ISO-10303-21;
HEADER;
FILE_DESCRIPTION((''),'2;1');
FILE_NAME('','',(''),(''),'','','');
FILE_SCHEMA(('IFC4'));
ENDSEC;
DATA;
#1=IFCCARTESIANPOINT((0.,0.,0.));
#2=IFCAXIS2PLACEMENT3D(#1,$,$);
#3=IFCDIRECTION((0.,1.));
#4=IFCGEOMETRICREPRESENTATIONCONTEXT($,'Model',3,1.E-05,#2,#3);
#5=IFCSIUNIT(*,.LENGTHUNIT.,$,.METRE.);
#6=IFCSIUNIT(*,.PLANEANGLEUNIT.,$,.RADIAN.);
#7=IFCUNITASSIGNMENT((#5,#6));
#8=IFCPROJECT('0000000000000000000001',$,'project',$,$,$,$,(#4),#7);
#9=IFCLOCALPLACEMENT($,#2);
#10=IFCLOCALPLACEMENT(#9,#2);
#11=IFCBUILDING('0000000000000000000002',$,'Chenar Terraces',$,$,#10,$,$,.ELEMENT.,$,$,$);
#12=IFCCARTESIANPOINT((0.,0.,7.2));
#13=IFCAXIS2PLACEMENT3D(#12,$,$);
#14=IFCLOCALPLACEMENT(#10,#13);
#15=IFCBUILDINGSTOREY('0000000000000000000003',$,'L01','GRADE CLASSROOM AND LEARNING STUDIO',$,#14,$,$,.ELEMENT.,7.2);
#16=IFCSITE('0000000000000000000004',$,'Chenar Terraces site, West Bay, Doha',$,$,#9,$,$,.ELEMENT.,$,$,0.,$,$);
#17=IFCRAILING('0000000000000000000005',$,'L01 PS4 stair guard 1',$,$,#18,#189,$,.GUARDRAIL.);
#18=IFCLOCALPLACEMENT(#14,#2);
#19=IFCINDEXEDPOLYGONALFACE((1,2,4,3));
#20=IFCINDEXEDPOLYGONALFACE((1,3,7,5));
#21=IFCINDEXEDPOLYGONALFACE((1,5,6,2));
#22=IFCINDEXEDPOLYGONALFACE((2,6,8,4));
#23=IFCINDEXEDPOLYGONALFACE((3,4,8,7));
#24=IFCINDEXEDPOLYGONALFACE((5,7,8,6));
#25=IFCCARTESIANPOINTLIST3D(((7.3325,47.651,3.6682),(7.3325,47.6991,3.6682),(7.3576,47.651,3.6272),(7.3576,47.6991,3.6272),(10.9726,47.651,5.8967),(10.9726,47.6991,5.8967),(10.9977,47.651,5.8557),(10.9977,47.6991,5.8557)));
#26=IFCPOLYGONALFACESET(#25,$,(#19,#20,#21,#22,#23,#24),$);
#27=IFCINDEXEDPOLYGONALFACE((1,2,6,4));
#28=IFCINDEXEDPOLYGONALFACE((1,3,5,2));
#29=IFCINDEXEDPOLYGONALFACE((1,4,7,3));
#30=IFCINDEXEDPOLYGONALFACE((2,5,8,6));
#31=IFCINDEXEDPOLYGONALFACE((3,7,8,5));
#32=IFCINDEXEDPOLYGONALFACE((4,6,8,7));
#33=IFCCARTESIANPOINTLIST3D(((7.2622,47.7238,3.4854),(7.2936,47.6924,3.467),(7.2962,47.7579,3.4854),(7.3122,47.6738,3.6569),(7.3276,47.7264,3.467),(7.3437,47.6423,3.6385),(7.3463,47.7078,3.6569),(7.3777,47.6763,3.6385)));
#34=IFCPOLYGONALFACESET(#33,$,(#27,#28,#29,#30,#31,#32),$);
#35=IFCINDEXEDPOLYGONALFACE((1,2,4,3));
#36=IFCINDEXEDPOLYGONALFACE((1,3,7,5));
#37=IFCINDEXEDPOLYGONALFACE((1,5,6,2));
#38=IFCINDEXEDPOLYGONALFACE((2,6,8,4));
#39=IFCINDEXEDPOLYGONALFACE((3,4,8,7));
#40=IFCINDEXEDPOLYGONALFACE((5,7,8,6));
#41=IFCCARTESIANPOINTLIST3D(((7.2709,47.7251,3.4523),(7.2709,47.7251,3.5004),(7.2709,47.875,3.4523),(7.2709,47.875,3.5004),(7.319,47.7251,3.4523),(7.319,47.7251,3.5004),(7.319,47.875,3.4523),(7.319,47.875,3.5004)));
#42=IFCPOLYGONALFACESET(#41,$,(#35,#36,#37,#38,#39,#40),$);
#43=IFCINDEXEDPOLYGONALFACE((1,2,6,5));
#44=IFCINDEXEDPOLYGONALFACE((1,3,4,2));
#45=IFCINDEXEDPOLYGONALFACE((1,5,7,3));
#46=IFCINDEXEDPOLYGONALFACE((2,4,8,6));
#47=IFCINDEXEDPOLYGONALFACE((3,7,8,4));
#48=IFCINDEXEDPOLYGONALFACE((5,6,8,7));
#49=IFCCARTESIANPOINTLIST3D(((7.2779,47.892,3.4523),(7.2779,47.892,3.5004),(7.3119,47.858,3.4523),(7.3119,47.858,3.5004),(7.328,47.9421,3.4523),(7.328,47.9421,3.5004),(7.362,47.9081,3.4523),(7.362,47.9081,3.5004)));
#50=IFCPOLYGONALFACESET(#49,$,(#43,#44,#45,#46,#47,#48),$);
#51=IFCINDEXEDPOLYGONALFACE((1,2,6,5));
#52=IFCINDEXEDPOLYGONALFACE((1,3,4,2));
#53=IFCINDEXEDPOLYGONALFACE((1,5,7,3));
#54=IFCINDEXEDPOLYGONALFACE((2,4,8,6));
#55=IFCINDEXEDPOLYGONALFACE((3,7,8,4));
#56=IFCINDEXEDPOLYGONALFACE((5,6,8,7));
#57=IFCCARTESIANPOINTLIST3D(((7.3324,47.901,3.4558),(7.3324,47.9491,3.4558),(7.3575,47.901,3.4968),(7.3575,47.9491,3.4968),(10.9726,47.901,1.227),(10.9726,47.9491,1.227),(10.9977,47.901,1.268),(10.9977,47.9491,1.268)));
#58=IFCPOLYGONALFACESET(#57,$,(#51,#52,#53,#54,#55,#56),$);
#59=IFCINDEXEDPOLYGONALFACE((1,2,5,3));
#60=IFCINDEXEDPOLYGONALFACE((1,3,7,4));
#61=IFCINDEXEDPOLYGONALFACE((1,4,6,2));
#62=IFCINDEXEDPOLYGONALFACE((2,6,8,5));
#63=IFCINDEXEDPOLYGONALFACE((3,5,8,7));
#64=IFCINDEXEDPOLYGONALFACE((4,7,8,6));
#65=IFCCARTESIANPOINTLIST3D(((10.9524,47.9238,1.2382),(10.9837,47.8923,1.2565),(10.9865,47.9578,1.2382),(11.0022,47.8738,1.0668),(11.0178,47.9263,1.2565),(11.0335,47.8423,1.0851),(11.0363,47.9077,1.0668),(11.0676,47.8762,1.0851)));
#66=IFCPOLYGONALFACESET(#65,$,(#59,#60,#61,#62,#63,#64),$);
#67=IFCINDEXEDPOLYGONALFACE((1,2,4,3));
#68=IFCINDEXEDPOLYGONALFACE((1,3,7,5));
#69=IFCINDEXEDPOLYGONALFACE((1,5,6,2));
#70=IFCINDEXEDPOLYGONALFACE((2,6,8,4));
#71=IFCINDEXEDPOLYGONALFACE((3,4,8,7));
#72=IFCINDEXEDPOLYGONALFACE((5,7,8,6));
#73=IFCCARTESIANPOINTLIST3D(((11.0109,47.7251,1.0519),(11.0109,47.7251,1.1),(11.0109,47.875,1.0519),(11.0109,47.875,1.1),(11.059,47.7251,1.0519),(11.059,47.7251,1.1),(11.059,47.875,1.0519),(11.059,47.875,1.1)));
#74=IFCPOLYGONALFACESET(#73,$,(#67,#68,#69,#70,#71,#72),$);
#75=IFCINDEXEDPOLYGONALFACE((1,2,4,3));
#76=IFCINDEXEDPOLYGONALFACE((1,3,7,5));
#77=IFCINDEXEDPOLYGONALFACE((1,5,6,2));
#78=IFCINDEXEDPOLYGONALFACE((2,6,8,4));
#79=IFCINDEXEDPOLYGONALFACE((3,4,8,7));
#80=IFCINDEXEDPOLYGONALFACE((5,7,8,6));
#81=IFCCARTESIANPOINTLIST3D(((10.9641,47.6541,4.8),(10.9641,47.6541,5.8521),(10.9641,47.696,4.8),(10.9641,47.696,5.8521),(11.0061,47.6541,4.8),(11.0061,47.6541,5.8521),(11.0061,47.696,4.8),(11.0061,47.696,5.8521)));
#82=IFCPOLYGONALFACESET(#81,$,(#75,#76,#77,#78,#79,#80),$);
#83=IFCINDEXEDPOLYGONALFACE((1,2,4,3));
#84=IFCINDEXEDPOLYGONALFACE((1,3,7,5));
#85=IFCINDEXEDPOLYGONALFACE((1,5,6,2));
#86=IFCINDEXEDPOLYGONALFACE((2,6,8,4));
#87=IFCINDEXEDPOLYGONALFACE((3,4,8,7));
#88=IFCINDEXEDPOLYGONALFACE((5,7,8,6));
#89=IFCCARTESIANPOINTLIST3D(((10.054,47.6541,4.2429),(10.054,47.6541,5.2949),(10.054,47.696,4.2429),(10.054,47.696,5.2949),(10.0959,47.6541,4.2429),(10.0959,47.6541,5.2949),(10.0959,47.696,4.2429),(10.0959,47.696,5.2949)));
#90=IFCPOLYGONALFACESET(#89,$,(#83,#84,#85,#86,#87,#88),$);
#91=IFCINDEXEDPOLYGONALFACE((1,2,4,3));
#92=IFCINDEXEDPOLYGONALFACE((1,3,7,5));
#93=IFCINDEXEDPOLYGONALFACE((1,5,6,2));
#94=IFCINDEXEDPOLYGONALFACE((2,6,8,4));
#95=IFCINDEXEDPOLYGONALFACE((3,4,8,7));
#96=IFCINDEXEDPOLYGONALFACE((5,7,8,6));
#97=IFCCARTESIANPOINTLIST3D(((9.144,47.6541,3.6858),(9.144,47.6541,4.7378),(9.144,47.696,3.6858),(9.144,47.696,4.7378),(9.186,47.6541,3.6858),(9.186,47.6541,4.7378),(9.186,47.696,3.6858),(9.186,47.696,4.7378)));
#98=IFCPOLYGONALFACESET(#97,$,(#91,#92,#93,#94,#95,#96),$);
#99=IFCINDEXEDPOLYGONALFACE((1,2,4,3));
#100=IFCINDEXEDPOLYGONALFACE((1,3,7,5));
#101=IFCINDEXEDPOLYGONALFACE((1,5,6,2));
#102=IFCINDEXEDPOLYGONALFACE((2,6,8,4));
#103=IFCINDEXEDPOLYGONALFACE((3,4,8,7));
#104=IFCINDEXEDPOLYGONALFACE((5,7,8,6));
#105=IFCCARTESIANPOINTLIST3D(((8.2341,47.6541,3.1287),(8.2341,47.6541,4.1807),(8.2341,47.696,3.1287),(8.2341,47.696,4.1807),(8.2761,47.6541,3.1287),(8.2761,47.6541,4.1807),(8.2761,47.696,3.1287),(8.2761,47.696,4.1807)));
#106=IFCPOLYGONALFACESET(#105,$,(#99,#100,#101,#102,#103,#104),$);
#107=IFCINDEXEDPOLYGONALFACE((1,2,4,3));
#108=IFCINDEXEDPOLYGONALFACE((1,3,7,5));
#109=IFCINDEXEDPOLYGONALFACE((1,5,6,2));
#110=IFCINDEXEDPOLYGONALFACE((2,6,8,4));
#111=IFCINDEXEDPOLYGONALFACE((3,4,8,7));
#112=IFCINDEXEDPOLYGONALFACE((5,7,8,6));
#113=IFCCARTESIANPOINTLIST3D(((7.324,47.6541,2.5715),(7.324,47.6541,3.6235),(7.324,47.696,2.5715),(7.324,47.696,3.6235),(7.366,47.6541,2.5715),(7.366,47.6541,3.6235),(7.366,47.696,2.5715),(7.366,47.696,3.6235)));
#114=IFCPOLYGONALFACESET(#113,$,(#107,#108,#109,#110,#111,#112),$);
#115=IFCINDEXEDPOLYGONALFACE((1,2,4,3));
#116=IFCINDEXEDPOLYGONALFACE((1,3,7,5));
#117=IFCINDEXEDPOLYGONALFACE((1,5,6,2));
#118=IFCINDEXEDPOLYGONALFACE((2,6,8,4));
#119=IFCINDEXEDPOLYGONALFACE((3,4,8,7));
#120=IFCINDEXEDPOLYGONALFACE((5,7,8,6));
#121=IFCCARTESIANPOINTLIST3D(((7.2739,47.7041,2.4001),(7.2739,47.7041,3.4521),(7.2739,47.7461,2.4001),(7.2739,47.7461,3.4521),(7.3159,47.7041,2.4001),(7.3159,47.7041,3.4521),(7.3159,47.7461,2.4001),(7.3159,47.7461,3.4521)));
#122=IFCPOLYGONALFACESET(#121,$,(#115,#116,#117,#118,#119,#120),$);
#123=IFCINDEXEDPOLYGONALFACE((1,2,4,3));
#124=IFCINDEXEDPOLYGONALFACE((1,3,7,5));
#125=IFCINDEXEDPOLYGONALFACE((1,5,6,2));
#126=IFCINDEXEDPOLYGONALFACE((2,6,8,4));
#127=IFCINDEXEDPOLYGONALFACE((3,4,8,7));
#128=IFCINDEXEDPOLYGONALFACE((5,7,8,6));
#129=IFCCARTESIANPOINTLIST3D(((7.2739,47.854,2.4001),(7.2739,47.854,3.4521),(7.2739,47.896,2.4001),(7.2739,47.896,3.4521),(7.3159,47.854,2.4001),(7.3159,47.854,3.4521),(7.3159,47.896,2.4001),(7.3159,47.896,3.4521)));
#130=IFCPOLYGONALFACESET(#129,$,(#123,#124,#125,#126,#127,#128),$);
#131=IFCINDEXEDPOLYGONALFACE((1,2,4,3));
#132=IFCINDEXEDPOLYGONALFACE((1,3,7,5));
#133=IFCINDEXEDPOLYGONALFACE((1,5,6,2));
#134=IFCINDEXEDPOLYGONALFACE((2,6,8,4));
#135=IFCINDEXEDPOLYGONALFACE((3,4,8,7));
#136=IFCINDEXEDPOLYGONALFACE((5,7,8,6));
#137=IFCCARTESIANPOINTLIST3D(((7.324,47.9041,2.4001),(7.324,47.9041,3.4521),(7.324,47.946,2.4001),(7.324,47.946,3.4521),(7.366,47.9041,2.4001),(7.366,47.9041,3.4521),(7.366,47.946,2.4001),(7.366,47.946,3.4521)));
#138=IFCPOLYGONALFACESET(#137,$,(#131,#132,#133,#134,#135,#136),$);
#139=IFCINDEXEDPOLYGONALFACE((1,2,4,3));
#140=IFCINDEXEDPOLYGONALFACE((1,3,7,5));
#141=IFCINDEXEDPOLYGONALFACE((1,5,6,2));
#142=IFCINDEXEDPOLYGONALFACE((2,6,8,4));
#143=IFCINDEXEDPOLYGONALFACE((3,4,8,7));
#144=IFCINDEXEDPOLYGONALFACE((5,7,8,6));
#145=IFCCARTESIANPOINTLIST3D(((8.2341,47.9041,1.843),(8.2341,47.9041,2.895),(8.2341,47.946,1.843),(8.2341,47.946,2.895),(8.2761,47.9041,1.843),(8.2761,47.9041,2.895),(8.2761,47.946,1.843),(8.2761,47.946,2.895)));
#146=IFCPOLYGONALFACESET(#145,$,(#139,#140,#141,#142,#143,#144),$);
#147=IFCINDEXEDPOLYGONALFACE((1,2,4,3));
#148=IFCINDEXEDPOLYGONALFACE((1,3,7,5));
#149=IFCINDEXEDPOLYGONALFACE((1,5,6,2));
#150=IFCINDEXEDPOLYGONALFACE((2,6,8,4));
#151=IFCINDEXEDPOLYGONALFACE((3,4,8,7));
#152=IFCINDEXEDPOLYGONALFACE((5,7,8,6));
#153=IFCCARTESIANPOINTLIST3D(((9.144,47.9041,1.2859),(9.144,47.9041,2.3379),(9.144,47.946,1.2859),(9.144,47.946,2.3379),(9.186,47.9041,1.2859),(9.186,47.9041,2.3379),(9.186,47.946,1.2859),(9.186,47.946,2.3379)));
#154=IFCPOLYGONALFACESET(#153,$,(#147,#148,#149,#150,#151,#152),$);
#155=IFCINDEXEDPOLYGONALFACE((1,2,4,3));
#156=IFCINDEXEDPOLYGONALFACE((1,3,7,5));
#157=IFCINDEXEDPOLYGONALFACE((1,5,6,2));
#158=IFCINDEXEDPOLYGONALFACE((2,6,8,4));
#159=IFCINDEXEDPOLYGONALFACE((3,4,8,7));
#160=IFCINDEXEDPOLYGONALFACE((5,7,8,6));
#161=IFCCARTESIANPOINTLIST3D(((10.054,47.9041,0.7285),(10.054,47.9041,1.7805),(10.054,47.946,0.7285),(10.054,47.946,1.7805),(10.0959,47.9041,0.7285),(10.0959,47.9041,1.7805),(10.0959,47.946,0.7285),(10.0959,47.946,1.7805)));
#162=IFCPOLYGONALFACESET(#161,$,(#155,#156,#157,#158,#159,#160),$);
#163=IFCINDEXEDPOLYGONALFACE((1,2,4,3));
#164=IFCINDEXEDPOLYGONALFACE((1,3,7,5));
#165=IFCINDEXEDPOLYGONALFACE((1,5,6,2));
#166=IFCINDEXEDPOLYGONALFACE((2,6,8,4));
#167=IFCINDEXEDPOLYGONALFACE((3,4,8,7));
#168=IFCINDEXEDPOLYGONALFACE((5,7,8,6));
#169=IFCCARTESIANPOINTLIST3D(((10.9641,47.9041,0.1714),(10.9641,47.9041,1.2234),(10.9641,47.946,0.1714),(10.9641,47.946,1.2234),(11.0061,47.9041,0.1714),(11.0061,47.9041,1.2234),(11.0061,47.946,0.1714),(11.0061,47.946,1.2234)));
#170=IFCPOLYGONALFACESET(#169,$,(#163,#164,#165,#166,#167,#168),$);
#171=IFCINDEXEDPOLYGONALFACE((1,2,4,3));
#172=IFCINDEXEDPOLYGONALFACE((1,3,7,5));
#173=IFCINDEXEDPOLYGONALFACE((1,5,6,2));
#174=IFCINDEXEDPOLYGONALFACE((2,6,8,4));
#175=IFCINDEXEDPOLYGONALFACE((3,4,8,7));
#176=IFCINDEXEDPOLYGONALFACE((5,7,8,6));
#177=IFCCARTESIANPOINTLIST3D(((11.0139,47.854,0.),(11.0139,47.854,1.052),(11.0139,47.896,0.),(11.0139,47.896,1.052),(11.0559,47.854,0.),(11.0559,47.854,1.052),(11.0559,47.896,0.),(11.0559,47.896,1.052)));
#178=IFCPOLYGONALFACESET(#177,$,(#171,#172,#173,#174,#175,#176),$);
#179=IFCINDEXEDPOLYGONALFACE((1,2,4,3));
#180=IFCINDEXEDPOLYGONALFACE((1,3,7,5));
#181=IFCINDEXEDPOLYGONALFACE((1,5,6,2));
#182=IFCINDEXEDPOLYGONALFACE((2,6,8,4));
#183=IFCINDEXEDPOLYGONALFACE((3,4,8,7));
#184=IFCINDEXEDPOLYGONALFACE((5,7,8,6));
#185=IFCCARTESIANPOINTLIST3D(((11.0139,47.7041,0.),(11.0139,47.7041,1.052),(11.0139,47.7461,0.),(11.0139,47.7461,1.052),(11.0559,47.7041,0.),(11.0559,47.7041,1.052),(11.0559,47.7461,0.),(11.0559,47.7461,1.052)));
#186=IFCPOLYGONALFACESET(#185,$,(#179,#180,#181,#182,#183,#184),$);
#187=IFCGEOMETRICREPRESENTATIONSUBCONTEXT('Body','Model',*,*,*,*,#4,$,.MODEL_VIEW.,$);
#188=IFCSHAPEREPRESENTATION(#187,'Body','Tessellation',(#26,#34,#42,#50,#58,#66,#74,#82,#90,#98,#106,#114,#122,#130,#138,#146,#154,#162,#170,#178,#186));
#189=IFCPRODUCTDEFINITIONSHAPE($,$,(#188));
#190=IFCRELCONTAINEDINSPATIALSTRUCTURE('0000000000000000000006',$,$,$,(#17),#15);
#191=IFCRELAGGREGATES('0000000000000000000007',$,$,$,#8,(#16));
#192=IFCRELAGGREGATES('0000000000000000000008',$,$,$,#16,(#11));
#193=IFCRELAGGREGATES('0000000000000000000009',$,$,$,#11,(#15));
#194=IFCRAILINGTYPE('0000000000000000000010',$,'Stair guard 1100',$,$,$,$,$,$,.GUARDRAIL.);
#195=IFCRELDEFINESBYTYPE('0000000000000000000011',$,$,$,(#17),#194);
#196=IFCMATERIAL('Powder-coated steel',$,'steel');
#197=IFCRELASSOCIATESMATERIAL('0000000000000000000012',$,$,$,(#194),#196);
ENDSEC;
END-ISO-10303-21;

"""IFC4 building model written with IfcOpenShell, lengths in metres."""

from ifc_helpers import new_model, si_unit, direction, frame, origin, origin_2d, place, context, subcontext, project, spatial, rectangle, extrude, material, type_object, element, save


model = new_model("IFC4")

# Units and contexts
model_context = context("Model", 3, precision=1e-05, world=origin(), true_north=direction((0.0, 1.0)))
body_context = subcontext(model_context, "Body", "Model", "MODEL_VIEW")
ifc_project = project(units=[si_unit("LENGTHUNIT", "METRE"), si_unit("PLANEANGLEUNIT", "RADIAN")], contexts=[model_context])

# Site, building, storey
site_placement = place(None, origin())
site = spatial("IfcSite", under=ifc_project, at=site_placement, Name="Chenar Terraces site, West Bay, Doha", CompositionType="ELEMENT", RefElevation=0.0)
building_placement = place(site_placement, origin())
building = spatial("IfcBuilding", under=site, at=building_placement, Name="Chenar Terraces", CompositionType="ELEMENT")
storey_placement = place(building_placement, frame((0.0, 0.0, 7.2)))
storey = spatial("IfcBuildingStorey", under=building, at=storey_placement, Name="L01", Description="GRADE CLASSROOM AND LEARNING STUDIO", CompositionType="ELEMENT", Elevation=7.2)

# Railing
ifc_material_1 = material(Name="Powder-coated steel", Category="steel")
railing_type_1 = type_object("IfcRailingType", Name="Stair guard 1100", PredefinedType="GUARDRAIL", material=ifc_material_1)
railing_1_placement = place(storey_placement, frame((10.9851, 47.675, 4.8)))
element("IfcRailing", 1, at=railing_1_placement, inside=storey, type_object=railing_type_1, Name="L01 PS4 stair guard 1", PredefinedType="GUARDRAIL", context=body_context, shape_type="SweptSolid", body=[
    extrude(rectangle(XDim=0.0481, YDim=0.0481, at=origin_2d()), frame((0.0, 0.0, 1.0762), z_axis=(-0.852866, 0.0, -0.52213), x_axis=(0.0, -1.0, 0.0)), (0.0, 0.0, 1.0), 4.2681),
    extrude(rectangle(XDim=0.0481, YDim=0.0481, at=origin_2d()), frame((-3.6401, 0.0, -1.1523), z_axis=(-0.269911, 0.269911, -0.924281), x_axis=(-0.707107, -0.707107, 0.0)), (0.0, 0.0, 1.0), 0.1855),
    extrude(rectangle(XDim=0.0481, YDim=0.0481, at=origin_2d()), frame((-3.6902, 0.05, -1.3237), z_axis=(0.0, 1.0, 0.0), x_axis=(-1.0, 0.0, 0.0)), (0.0, 0.0, 1.0), 0.1499),
    extrude(rectangle(XDim=0.0481, YDim=0.0481, at=origin_2d()), frame((-3.6902, 0.2, -1.3237), z_axis=(0.707107, 0.707107, 0.0), x_axis=(-0.707107, 0.707107, 0.0)), (0.0, 0.0, 1.0), 0.0708),
    extrude(rectangle(XDim=0.0481, YDim=0.0481, at=origin_2d()), frame((-3.6401, 0.25, -1.3237), z_axis=(0.85284, 0.0, -0.522172), x_axis=(0.0, 1.0, 0.0)), (0.0, 0.0, 1.0), 4.2683),
    extrude(rectangle(XDim=0.0481, YDim=0.0481, at=origin_2d()), frame((0.0, 0.25, -3.5527), z_axis=(0.26869, -0.270007, -0.924609), x_axis=(0.708834, 0.705376, 0.0)), (0.0, 0.0, 1.0), 0.1853),
    extrude(rectangle(XDim=0.0481, YDim=0.0481, at=origin_2d()), frame((0.0498, 0.2, -3.7241), z_axis=(0.0, -1.0, 0.0), x_axis=(1.0, 0.0, 0.0)), (0.0, 0.0, 1.0), 0.1499),
    extrude(rectangle(XDim=0.042, YDim=0.042, at=origin_2d()), origin(), (0.0, 0.0, 1.0), 1.052),
    extrude(rectangle(XDim=0.042, YDim=0.042, at=origin_2d()), frame((-0.9102, 0.0, -0.5571)), (0.0, 0.0, 1.0), 1.052),
    extrude(rectangle(XDim=0.042, YDim=0.042, at=origin_2d()), frame((-1.8201, 0.0, -1.1143)), (0.0, 0.0, 1.0), 1.052),
    extrude(rectangle(XDim=0.042, YDim=0.042, at=origin_2d()), frame((-2.73, 0.0, -1.6714)), (0.0, 0.0, 1.0), 1.052),
    extrude(rectangle(XDim=0.042, YDim=0.042, at=origin_2d()), frame((-3.6401, 0.0, -2.2285)), (0.0, 0.0, 1.0), 1.052),
    extrude(rectangle(XDim=0.042, YDim=0.042, at=origin_2d()), frame((-3.6902, 0.05, -2.3999)), (0.0, 0.0, 1.0), 1.052),
    extrude(rectangle(XDim=0.042, YDim=0.042, at=origin_2d()), frame((-3.6902, 0.2, -2.3999)), (0.0, 0.0, 1.0), 1.052),
    extrude(rectangle(XDim=0.042, YDim=0.042, at=origin_2d()), frame((-3.6401, 0.25, -2.3999)), (0.0, 0.0, 1.0), 1.052),
    extrude(rectangle(XDim=0.042, YDim=0.042, at=origin_2d()), frame((-2.73, 0.25, -2.957)), (0.0, 0.0, 1.0), 1.052),
    extrude(rectangle(XDim=0.042, YDim=0.042, at=origin_2d()), frame((-1.8201, 0.25, -3.5142)), (0.0, 0.0, 1.0), 1.052),
    extrude(rectangle(XDim=0.042, YDim=0.042, at=origin_2d()), frame((-0.9102, 0.25, -4.0715)), (0.0, 0.0, 1.0), 1.052),
    extrude(rectangle(XDim=0.042, YDim=0.042, at=origin_2d()), frame((0.0, 0.25, -4.6287)), (0.0, 0.0, 1.0), 1.052),
    extrude(rectangle(XDim=0.042, YDim=0.042, at=origin_2d()), frame((0.0498, 0.2, -4.8)), (0.0, 0.0, 1.0), 1.052),
    extrude(rectangle(XDim=0.042, YDim=0.042, at=origin_2d()), frame((0.0498, 0.05, -4.8)), (0.0, 0.0, 1.0), 1.052),
])

save(model, "model.ifc")
